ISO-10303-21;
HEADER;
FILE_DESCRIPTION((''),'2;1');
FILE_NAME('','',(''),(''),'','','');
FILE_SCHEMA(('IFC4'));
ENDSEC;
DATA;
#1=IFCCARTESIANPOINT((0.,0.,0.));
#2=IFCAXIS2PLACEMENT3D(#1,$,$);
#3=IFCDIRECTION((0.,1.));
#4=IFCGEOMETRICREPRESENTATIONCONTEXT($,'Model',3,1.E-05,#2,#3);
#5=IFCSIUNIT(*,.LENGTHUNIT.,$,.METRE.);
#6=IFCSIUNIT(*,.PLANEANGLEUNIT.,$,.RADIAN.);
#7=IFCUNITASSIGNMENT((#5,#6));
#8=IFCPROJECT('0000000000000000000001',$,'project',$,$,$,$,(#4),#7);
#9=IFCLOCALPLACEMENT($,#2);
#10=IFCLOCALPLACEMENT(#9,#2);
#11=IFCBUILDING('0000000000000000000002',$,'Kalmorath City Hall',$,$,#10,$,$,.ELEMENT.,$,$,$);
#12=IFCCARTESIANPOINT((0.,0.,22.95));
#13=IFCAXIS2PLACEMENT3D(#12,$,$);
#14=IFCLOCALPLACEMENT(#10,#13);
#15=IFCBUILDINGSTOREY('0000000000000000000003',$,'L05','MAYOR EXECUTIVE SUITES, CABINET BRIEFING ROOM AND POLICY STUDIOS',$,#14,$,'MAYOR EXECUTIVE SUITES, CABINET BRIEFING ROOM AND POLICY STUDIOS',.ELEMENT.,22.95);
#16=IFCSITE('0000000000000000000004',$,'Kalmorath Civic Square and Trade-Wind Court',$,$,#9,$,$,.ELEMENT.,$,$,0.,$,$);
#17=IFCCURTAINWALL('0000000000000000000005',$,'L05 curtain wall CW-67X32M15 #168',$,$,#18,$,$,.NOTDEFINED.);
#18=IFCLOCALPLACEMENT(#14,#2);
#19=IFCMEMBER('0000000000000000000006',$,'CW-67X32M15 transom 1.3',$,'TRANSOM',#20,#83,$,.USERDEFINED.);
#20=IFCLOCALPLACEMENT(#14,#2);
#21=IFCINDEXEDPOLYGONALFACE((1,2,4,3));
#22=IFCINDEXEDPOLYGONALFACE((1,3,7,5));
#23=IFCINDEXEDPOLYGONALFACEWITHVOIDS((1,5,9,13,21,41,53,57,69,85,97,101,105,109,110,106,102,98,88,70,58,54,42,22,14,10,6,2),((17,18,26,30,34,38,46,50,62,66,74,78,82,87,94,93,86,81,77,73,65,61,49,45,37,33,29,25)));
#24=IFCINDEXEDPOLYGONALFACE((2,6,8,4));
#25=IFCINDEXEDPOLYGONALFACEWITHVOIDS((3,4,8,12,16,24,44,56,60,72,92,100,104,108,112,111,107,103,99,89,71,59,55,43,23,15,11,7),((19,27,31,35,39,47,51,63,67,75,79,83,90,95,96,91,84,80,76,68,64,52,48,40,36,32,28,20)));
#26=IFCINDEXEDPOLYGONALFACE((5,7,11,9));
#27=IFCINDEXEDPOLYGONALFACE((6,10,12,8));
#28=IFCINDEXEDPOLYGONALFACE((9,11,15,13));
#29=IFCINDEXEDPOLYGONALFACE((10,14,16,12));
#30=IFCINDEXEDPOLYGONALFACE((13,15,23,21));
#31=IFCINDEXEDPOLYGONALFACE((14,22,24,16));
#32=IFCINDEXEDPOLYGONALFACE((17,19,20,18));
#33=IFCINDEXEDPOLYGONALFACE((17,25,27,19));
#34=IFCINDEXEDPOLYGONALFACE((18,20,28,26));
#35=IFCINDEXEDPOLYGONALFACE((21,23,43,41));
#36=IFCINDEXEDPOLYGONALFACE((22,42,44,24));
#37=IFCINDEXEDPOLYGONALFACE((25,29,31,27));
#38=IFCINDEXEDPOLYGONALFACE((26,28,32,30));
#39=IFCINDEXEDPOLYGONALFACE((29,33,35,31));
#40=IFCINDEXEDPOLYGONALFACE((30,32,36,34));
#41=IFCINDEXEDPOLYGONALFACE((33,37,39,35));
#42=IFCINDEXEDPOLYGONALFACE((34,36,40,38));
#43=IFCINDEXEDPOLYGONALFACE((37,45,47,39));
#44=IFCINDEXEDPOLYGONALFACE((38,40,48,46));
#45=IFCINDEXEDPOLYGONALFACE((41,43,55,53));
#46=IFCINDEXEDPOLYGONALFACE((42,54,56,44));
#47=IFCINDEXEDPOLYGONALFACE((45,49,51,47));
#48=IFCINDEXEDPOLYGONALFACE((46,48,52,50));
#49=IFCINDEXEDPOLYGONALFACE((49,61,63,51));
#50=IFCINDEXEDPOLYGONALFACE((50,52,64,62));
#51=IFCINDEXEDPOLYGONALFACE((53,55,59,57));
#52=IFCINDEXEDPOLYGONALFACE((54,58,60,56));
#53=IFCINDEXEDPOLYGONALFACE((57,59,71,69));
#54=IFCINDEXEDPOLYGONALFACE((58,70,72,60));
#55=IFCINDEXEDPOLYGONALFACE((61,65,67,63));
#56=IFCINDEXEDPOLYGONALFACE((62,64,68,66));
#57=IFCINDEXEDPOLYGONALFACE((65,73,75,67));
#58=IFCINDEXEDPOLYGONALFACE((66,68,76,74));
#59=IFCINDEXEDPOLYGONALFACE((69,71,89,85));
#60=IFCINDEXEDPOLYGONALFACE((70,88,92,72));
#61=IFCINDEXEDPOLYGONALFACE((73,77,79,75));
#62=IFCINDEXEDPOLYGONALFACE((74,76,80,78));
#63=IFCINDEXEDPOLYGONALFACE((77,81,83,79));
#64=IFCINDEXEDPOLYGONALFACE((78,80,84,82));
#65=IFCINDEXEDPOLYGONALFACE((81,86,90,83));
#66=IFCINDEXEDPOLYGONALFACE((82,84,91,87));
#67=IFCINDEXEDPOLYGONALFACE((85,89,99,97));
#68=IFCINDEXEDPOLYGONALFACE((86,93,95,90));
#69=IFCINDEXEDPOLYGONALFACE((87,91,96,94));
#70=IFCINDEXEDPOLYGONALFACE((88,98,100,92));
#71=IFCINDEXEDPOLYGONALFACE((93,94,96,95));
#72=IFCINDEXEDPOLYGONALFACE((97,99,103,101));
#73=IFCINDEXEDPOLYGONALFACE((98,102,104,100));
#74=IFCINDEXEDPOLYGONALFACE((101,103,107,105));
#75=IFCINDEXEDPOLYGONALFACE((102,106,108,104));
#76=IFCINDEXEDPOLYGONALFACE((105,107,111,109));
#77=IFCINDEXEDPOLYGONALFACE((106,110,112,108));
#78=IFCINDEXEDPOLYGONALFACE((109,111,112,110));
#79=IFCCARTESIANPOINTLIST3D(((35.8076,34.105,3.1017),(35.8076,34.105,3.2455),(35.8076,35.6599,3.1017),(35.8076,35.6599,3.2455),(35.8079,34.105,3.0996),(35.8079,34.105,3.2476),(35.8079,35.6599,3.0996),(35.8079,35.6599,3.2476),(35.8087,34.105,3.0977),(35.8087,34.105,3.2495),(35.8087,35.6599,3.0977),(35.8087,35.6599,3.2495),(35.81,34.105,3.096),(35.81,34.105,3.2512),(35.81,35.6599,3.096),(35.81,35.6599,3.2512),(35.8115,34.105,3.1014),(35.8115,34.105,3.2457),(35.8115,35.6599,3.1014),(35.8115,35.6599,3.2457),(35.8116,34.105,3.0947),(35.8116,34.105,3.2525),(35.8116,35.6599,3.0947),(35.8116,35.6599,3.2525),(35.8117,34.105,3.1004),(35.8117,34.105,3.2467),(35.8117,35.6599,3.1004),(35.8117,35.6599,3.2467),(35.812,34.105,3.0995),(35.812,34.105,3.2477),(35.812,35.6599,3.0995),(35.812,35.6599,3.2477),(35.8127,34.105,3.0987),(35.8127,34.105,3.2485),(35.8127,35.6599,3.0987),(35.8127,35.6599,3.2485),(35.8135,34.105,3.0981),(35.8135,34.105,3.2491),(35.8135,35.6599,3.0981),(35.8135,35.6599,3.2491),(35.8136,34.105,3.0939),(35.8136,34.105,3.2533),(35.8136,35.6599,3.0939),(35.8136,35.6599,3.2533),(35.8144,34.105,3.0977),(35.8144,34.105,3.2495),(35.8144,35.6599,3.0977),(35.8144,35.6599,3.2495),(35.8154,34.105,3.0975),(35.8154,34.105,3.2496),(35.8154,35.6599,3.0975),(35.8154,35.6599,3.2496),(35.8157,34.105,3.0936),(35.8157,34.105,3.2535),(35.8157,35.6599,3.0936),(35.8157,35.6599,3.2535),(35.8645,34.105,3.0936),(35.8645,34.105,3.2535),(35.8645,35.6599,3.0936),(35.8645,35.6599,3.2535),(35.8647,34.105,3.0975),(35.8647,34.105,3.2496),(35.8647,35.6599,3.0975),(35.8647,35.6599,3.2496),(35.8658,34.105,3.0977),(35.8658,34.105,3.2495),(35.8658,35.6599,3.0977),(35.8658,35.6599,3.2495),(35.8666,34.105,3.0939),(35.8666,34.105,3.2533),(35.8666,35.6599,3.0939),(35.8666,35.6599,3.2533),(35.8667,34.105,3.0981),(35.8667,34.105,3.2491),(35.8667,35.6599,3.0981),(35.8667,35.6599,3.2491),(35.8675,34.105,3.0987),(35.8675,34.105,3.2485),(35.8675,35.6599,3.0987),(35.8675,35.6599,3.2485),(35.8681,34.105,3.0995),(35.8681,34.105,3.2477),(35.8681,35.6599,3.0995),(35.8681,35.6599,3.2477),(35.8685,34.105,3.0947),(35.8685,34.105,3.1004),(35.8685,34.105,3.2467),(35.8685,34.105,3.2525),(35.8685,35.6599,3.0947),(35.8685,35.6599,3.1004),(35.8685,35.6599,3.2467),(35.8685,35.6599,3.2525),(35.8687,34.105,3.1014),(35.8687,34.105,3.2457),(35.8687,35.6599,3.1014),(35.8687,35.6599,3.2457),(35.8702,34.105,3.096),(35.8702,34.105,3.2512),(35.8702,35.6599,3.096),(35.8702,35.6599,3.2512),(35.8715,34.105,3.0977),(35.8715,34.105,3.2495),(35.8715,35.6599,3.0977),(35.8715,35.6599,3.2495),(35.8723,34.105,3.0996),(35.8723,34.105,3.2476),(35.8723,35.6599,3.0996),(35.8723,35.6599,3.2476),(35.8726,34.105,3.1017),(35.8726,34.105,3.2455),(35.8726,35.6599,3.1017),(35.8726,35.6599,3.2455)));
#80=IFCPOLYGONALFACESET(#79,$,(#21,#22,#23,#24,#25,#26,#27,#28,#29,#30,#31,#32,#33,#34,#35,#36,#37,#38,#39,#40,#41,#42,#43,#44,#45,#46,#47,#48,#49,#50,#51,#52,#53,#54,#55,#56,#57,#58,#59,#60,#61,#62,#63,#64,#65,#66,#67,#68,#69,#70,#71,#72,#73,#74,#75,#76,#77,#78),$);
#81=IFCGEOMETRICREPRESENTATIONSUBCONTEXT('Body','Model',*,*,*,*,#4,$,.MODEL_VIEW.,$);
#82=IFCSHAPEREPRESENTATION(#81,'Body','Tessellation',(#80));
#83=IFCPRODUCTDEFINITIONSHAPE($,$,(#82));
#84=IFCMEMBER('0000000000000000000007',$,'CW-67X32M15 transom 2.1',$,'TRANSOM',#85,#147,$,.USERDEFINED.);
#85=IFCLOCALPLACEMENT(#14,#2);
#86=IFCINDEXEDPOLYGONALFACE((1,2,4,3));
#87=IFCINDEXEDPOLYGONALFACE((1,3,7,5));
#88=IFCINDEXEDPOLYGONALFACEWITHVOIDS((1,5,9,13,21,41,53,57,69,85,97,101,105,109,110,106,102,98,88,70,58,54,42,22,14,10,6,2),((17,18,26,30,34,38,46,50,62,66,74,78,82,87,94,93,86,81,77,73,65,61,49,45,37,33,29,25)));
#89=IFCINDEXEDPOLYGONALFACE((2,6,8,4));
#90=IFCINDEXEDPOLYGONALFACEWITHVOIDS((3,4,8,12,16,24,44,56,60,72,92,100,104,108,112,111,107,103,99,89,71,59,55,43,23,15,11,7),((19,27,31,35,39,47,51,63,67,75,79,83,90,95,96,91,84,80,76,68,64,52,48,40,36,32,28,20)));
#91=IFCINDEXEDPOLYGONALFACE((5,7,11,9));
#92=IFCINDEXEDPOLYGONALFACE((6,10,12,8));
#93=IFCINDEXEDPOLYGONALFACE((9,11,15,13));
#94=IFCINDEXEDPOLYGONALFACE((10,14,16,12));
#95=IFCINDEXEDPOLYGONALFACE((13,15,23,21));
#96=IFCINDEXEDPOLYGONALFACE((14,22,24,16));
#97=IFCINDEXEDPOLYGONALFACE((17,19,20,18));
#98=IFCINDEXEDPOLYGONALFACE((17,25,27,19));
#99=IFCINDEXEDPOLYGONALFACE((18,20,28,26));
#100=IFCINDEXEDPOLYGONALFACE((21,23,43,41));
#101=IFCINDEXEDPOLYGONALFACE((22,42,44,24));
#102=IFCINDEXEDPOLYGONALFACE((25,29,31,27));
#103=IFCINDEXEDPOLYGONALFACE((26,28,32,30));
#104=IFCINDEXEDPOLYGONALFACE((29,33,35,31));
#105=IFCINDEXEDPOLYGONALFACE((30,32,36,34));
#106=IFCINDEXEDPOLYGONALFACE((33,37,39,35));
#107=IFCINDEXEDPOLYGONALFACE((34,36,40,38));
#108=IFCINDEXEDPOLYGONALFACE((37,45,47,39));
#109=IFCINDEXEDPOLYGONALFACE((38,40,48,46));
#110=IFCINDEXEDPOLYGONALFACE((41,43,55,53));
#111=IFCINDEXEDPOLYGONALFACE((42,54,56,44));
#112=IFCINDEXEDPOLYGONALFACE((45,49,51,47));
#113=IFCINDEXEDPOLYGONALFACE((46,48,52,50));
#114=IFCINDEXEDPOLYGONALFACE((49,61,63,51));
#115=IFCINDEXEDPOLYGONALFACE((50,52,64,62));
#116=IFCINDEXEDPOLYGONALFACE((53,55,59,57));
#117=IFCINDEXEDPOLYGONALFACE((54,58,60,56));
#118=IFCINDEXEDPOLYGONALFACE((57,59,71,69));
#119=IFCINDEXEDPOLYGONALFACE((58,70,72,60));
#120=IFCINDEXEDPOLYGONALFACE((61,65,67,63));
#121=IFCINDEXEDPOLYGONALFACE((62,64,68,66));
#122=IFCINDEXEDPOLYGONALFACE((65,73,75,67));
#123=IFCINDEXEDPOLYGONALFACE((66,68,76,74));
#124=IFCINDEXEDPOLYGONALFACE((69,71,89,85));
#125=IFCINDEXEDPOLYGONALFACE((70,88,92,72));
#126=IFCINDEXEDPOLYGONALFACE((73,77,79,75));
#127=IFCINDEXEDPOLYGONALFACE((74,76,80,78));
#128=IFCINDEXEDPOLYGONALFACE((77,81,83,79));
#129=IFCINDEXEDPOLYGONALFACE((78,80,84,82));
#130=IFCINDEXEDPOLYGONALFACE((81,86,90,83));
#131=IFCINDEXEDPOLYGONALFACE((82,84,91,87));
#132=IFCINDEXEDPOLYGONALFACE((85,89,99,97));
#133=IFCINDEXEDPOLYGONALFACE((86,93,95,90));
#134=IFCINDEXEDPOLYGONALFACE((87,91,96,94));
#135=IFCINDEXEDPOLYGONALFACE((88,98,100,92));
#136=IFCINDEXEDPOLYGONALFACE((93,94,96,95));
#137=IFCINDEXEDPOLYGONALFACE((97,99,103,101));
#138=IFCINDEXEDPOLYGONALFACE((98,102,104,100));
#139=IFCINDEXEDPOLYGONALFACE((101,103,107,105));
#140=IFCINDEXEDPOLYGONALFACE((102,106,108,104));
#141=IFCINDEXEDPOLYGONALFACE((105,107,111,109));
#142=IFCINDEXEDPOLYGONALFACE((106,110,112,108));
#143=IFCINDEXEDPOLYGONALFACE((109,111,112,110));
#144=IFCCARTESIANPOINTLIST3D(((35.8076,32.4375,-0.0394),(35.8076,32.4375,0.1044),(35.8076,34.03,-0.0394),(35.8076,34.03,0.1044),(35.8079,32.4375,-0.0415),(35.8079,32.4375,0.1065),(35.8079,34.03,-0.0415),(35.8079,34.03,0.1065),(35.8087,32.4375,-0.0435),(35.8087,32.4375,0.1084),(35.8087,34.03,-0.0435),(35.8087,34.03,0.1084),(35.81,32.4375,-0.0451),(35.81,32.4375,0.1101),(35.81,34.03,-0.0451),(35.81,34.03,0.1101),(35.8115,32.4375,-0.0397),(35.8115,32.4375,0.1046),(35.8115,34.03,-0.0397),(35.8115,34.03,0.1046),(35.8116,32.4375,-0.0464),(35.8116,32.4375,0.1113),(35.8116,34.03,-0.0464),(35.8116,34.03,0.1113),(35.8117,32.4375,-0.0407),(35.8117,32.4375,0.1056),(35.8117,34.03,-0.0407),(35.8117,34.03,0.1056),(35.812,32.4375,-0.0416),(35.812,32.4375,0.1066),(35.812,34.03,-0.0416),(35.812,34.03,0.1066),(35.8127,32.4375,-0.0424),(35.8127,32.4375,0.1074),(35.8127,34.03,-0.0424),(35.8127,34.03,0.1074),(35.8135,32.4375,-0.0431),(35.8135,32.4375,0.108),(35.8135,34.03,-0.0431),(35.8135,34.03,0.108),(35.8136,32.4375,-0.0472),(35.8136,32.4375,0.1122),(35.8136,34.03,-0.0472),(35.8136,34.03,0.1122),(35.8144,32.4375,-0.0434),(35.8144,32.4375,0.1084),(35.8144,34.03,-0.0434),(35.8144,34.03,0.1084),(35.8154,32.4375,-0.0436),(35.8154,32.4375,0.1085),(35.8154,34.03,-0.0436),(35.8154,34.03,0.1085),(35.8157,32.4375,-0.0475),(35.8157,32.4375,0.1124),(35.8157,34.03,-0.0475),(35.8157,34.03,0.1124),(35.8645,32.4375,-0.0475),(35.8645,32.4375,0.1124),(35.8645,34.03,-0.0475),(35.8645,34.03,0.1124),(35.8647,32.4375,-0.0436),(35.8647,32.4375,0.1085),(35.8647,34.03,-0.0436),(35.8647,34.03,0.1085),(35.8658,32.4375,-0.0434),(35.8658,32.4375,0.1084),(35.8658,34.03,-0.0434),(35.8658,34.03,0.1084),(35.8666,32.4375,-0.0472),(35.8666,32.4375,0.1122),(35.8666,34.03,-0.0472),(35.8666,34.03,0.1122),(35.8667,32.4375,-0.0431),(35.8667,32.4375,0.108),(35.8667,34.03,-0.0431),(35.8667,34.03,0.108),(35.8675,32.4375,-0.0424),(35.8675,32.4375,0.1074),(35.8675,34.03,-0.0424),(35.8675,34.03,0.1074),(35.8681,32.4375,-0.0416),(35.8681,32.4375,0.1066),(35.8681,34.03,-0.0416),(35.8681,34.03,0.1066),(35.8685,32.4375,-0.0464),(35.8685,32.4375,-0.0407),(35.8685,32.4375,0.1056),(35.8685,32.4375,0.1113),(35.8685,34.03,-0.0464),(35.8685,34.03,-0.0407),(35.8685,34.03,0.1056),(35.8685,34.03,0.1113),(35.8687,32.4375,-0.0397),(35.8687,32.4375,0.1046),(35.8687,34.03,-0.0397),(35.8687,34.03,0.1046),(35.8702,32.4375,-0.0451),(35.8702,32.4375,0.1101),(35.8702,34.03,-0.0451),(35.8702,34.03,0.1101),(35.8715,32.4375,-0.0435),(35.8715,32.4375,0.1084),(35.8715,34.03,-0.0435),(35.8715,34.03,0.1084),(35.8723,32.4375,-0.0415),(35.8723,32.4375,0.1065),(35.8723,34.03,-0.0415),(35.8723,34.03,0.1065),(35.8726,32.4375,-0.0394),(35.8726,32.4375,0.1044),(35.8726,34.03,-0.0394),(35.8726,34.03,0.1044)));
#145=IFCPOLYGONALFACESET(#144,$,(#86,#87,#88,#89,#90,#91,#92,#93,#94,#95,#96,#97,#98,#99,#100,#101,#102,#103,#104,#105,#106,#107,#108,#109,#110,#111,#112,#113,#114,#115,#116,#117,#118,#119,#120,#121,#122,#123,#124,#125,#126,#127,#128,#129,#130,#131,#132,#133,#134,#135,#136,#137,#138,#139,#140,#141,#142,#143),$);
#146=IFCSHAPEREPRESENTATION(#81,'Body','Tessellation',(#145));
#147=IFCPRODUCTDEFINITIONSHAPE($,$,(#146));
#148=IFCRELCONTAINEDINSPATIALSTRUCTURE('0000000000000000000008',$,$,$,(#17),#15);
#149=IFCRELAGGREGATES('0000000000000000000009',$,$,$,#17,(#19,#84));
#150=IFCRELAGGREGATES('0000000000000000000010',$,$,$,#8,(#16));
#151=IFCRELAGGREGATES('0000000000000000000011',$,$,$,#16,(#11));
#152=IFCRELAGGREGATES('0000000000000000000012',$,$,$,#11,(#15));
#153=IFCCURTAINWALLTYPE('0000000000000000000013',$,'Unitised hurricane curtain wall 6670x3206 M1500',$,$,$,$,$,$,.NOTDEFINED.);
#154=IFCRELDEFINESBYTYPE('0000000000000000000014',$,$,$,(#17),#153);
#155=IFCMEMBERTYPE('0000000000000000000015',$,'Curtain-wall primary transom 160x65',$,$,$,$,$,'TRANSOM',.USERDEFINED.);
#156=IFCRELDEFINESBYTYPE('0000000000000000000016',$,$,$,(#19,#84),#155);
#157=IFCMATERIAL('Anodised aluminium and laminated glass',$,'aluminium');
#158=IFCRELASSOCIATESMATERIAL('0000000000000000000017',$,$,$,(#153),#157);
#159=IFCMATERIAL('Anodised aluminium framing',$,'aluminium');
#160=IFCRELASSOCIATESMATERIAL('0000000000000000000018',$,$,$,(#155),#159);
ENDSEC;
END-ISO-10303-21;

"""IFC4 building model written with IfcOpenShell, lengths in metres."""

from ifc_helpers import new_model, si_unit, direction, frame, origin, origin_2d, place, context, subcontext, project, spatial, hollow_rectangle, extrude, material, material_profile, profile_set, type_object, element, aggregate, save


model = new_model("IFC4")

# Units and contexts
model_context = context("Model", 3, precision=1e-05, world=origin(), true_north=direction((0.0, 1.0)))
body_context = subcontext(model_context, "Body", "Model", "MODEL_VIEW")
ifc_project = project(units=[si_unit("LENGTHUNIT", "METRE"), si_unit("PLANEANGLEUNIT", "RADIAN")], contexts=[model_context])

# Site, building, storey
site_placement = place(None, origin())
site = spatial("IfcSite", under=ifc_project, at=site_placement, Name="Kalmorath Civic Square and Trade-Wind Court", CompositionType="ELEMENT", RefElevation=0.0)
building_placement = place(site_placement, origin())
building = spatial("IfcBuilding", under=site, at=building_placement, Name="Kalmorath City Hall", CompositionType="ELEMENT")
storey_placement = place(building_placement, frame((0.0, 0.0, 22.95)))
storey = spatial("IfcBuildingStorey", under=building, at=storey_placement, Name="L05", Description="MAYOR EXECUTIVE SUITES, CABINET BRIEFING ROOM AND POLICY STUDIOS", LongName="MAYOR EXECUTIVE SUITES, CABINET BRIEFING ROOM AND POLICY STUDIOS", CompositionType="ELEMENT", Elevation=22.95)

# Curtain wall, members
ifc_material_1 = material(Name="Anodised aluminium and laminated glass", Category="aluminium")
curtain_wall_type = type_object("IfcCurtainWallType", Name="Unitised hurricane curtain wall 6670x3206 M1500", PredefinedType="NOTDEFINED", material=ifc_material_1)
curtain_wall_placement = place(storey_placement, origin())
curtain_wall = element("IfcCurtainWall", 1, at=curtain_wall_placement, inside=storey, type_object=curtain_wall_type, Name="L05 curtain wall CW-67X32M15 #168", PredefinedType="NOTDEFINED")
ifc_material_2 = material(Name="Anodised aluminium framing", Category="aluminium")
ifc_material_profile_1 = material_profile(ifc_material_2, hollow_rectangle(XDim=0.0649, YDim=0.1599, WallThickness=0.0039, InnerFilletRadius=0.0039, OuterFilletRadius=0.0081, at=origin_2d()), Name="ALU-TRN-160X65X4")
ifc_profile_set_1 = profile_set([ifc_material_profile_1], Name="Anodised aluminium framing")
member_type_1 = type_object("IfcMemberType", Name="Curtain-wall primary transom 160x65", ElementType="TRANSOM", PredefinedType="USERDEFINED", material=ifc_profile_set_1)
member_1_placement = place(storey_placement, frame((35.8401, 35.6599, 3.1736), z_axis=(0.0, -1.0, 0.0), x_axis=(1.0, 0.0, 0.0)))
member_1 = element("IfcMember", 2, at=member_1_placement, type_object=member_type_1, Name="CW-67X32M15 transom 1.3", ObjectType="TRANSOM", PredefinedType="USERDEFINED", context=body_context, shape_type="SweptSolid", body=[
    extrude(hollow_rectangle(XDim=0.0649, YDim=0.1599, WallThickness=0.0039, InnerFilletRadius=0.0039, OuterFilletRadius=0.0081, at=origin_2d()), origin(), (0.0, 0.0, 1.0), 1.5549),
])
member_2_placement = place(storey_placement, frame((35.8401, 34.03, 0.0325), z_axis=(0.0, -1.0, 0.0), x_axis=(1.0, 0.0, 0.0)))
member_2 = element("IfcMember", 3, at=member_2_placement, type_object=member_type_1, Name="CW-67X32M15 transom 2.1", ObjectType="TRANSOM", PredefinedType="USERDEFINED", context=body_context, shape_type="SweptSolid", body=[
    extrude(hollow_rectangle(XDim=0.0649, YDim=0.1599, WallThickness=0.0039, InnerFilletRadius=0.0039, OuterFilletRadius=0.0081, at=origin_2d()), origin(), (0.0, 0.0, 1.0), 1.5925),
])
aggregate(curtain_wall, [member_1, member_2])

save(model, "model.ifc")
